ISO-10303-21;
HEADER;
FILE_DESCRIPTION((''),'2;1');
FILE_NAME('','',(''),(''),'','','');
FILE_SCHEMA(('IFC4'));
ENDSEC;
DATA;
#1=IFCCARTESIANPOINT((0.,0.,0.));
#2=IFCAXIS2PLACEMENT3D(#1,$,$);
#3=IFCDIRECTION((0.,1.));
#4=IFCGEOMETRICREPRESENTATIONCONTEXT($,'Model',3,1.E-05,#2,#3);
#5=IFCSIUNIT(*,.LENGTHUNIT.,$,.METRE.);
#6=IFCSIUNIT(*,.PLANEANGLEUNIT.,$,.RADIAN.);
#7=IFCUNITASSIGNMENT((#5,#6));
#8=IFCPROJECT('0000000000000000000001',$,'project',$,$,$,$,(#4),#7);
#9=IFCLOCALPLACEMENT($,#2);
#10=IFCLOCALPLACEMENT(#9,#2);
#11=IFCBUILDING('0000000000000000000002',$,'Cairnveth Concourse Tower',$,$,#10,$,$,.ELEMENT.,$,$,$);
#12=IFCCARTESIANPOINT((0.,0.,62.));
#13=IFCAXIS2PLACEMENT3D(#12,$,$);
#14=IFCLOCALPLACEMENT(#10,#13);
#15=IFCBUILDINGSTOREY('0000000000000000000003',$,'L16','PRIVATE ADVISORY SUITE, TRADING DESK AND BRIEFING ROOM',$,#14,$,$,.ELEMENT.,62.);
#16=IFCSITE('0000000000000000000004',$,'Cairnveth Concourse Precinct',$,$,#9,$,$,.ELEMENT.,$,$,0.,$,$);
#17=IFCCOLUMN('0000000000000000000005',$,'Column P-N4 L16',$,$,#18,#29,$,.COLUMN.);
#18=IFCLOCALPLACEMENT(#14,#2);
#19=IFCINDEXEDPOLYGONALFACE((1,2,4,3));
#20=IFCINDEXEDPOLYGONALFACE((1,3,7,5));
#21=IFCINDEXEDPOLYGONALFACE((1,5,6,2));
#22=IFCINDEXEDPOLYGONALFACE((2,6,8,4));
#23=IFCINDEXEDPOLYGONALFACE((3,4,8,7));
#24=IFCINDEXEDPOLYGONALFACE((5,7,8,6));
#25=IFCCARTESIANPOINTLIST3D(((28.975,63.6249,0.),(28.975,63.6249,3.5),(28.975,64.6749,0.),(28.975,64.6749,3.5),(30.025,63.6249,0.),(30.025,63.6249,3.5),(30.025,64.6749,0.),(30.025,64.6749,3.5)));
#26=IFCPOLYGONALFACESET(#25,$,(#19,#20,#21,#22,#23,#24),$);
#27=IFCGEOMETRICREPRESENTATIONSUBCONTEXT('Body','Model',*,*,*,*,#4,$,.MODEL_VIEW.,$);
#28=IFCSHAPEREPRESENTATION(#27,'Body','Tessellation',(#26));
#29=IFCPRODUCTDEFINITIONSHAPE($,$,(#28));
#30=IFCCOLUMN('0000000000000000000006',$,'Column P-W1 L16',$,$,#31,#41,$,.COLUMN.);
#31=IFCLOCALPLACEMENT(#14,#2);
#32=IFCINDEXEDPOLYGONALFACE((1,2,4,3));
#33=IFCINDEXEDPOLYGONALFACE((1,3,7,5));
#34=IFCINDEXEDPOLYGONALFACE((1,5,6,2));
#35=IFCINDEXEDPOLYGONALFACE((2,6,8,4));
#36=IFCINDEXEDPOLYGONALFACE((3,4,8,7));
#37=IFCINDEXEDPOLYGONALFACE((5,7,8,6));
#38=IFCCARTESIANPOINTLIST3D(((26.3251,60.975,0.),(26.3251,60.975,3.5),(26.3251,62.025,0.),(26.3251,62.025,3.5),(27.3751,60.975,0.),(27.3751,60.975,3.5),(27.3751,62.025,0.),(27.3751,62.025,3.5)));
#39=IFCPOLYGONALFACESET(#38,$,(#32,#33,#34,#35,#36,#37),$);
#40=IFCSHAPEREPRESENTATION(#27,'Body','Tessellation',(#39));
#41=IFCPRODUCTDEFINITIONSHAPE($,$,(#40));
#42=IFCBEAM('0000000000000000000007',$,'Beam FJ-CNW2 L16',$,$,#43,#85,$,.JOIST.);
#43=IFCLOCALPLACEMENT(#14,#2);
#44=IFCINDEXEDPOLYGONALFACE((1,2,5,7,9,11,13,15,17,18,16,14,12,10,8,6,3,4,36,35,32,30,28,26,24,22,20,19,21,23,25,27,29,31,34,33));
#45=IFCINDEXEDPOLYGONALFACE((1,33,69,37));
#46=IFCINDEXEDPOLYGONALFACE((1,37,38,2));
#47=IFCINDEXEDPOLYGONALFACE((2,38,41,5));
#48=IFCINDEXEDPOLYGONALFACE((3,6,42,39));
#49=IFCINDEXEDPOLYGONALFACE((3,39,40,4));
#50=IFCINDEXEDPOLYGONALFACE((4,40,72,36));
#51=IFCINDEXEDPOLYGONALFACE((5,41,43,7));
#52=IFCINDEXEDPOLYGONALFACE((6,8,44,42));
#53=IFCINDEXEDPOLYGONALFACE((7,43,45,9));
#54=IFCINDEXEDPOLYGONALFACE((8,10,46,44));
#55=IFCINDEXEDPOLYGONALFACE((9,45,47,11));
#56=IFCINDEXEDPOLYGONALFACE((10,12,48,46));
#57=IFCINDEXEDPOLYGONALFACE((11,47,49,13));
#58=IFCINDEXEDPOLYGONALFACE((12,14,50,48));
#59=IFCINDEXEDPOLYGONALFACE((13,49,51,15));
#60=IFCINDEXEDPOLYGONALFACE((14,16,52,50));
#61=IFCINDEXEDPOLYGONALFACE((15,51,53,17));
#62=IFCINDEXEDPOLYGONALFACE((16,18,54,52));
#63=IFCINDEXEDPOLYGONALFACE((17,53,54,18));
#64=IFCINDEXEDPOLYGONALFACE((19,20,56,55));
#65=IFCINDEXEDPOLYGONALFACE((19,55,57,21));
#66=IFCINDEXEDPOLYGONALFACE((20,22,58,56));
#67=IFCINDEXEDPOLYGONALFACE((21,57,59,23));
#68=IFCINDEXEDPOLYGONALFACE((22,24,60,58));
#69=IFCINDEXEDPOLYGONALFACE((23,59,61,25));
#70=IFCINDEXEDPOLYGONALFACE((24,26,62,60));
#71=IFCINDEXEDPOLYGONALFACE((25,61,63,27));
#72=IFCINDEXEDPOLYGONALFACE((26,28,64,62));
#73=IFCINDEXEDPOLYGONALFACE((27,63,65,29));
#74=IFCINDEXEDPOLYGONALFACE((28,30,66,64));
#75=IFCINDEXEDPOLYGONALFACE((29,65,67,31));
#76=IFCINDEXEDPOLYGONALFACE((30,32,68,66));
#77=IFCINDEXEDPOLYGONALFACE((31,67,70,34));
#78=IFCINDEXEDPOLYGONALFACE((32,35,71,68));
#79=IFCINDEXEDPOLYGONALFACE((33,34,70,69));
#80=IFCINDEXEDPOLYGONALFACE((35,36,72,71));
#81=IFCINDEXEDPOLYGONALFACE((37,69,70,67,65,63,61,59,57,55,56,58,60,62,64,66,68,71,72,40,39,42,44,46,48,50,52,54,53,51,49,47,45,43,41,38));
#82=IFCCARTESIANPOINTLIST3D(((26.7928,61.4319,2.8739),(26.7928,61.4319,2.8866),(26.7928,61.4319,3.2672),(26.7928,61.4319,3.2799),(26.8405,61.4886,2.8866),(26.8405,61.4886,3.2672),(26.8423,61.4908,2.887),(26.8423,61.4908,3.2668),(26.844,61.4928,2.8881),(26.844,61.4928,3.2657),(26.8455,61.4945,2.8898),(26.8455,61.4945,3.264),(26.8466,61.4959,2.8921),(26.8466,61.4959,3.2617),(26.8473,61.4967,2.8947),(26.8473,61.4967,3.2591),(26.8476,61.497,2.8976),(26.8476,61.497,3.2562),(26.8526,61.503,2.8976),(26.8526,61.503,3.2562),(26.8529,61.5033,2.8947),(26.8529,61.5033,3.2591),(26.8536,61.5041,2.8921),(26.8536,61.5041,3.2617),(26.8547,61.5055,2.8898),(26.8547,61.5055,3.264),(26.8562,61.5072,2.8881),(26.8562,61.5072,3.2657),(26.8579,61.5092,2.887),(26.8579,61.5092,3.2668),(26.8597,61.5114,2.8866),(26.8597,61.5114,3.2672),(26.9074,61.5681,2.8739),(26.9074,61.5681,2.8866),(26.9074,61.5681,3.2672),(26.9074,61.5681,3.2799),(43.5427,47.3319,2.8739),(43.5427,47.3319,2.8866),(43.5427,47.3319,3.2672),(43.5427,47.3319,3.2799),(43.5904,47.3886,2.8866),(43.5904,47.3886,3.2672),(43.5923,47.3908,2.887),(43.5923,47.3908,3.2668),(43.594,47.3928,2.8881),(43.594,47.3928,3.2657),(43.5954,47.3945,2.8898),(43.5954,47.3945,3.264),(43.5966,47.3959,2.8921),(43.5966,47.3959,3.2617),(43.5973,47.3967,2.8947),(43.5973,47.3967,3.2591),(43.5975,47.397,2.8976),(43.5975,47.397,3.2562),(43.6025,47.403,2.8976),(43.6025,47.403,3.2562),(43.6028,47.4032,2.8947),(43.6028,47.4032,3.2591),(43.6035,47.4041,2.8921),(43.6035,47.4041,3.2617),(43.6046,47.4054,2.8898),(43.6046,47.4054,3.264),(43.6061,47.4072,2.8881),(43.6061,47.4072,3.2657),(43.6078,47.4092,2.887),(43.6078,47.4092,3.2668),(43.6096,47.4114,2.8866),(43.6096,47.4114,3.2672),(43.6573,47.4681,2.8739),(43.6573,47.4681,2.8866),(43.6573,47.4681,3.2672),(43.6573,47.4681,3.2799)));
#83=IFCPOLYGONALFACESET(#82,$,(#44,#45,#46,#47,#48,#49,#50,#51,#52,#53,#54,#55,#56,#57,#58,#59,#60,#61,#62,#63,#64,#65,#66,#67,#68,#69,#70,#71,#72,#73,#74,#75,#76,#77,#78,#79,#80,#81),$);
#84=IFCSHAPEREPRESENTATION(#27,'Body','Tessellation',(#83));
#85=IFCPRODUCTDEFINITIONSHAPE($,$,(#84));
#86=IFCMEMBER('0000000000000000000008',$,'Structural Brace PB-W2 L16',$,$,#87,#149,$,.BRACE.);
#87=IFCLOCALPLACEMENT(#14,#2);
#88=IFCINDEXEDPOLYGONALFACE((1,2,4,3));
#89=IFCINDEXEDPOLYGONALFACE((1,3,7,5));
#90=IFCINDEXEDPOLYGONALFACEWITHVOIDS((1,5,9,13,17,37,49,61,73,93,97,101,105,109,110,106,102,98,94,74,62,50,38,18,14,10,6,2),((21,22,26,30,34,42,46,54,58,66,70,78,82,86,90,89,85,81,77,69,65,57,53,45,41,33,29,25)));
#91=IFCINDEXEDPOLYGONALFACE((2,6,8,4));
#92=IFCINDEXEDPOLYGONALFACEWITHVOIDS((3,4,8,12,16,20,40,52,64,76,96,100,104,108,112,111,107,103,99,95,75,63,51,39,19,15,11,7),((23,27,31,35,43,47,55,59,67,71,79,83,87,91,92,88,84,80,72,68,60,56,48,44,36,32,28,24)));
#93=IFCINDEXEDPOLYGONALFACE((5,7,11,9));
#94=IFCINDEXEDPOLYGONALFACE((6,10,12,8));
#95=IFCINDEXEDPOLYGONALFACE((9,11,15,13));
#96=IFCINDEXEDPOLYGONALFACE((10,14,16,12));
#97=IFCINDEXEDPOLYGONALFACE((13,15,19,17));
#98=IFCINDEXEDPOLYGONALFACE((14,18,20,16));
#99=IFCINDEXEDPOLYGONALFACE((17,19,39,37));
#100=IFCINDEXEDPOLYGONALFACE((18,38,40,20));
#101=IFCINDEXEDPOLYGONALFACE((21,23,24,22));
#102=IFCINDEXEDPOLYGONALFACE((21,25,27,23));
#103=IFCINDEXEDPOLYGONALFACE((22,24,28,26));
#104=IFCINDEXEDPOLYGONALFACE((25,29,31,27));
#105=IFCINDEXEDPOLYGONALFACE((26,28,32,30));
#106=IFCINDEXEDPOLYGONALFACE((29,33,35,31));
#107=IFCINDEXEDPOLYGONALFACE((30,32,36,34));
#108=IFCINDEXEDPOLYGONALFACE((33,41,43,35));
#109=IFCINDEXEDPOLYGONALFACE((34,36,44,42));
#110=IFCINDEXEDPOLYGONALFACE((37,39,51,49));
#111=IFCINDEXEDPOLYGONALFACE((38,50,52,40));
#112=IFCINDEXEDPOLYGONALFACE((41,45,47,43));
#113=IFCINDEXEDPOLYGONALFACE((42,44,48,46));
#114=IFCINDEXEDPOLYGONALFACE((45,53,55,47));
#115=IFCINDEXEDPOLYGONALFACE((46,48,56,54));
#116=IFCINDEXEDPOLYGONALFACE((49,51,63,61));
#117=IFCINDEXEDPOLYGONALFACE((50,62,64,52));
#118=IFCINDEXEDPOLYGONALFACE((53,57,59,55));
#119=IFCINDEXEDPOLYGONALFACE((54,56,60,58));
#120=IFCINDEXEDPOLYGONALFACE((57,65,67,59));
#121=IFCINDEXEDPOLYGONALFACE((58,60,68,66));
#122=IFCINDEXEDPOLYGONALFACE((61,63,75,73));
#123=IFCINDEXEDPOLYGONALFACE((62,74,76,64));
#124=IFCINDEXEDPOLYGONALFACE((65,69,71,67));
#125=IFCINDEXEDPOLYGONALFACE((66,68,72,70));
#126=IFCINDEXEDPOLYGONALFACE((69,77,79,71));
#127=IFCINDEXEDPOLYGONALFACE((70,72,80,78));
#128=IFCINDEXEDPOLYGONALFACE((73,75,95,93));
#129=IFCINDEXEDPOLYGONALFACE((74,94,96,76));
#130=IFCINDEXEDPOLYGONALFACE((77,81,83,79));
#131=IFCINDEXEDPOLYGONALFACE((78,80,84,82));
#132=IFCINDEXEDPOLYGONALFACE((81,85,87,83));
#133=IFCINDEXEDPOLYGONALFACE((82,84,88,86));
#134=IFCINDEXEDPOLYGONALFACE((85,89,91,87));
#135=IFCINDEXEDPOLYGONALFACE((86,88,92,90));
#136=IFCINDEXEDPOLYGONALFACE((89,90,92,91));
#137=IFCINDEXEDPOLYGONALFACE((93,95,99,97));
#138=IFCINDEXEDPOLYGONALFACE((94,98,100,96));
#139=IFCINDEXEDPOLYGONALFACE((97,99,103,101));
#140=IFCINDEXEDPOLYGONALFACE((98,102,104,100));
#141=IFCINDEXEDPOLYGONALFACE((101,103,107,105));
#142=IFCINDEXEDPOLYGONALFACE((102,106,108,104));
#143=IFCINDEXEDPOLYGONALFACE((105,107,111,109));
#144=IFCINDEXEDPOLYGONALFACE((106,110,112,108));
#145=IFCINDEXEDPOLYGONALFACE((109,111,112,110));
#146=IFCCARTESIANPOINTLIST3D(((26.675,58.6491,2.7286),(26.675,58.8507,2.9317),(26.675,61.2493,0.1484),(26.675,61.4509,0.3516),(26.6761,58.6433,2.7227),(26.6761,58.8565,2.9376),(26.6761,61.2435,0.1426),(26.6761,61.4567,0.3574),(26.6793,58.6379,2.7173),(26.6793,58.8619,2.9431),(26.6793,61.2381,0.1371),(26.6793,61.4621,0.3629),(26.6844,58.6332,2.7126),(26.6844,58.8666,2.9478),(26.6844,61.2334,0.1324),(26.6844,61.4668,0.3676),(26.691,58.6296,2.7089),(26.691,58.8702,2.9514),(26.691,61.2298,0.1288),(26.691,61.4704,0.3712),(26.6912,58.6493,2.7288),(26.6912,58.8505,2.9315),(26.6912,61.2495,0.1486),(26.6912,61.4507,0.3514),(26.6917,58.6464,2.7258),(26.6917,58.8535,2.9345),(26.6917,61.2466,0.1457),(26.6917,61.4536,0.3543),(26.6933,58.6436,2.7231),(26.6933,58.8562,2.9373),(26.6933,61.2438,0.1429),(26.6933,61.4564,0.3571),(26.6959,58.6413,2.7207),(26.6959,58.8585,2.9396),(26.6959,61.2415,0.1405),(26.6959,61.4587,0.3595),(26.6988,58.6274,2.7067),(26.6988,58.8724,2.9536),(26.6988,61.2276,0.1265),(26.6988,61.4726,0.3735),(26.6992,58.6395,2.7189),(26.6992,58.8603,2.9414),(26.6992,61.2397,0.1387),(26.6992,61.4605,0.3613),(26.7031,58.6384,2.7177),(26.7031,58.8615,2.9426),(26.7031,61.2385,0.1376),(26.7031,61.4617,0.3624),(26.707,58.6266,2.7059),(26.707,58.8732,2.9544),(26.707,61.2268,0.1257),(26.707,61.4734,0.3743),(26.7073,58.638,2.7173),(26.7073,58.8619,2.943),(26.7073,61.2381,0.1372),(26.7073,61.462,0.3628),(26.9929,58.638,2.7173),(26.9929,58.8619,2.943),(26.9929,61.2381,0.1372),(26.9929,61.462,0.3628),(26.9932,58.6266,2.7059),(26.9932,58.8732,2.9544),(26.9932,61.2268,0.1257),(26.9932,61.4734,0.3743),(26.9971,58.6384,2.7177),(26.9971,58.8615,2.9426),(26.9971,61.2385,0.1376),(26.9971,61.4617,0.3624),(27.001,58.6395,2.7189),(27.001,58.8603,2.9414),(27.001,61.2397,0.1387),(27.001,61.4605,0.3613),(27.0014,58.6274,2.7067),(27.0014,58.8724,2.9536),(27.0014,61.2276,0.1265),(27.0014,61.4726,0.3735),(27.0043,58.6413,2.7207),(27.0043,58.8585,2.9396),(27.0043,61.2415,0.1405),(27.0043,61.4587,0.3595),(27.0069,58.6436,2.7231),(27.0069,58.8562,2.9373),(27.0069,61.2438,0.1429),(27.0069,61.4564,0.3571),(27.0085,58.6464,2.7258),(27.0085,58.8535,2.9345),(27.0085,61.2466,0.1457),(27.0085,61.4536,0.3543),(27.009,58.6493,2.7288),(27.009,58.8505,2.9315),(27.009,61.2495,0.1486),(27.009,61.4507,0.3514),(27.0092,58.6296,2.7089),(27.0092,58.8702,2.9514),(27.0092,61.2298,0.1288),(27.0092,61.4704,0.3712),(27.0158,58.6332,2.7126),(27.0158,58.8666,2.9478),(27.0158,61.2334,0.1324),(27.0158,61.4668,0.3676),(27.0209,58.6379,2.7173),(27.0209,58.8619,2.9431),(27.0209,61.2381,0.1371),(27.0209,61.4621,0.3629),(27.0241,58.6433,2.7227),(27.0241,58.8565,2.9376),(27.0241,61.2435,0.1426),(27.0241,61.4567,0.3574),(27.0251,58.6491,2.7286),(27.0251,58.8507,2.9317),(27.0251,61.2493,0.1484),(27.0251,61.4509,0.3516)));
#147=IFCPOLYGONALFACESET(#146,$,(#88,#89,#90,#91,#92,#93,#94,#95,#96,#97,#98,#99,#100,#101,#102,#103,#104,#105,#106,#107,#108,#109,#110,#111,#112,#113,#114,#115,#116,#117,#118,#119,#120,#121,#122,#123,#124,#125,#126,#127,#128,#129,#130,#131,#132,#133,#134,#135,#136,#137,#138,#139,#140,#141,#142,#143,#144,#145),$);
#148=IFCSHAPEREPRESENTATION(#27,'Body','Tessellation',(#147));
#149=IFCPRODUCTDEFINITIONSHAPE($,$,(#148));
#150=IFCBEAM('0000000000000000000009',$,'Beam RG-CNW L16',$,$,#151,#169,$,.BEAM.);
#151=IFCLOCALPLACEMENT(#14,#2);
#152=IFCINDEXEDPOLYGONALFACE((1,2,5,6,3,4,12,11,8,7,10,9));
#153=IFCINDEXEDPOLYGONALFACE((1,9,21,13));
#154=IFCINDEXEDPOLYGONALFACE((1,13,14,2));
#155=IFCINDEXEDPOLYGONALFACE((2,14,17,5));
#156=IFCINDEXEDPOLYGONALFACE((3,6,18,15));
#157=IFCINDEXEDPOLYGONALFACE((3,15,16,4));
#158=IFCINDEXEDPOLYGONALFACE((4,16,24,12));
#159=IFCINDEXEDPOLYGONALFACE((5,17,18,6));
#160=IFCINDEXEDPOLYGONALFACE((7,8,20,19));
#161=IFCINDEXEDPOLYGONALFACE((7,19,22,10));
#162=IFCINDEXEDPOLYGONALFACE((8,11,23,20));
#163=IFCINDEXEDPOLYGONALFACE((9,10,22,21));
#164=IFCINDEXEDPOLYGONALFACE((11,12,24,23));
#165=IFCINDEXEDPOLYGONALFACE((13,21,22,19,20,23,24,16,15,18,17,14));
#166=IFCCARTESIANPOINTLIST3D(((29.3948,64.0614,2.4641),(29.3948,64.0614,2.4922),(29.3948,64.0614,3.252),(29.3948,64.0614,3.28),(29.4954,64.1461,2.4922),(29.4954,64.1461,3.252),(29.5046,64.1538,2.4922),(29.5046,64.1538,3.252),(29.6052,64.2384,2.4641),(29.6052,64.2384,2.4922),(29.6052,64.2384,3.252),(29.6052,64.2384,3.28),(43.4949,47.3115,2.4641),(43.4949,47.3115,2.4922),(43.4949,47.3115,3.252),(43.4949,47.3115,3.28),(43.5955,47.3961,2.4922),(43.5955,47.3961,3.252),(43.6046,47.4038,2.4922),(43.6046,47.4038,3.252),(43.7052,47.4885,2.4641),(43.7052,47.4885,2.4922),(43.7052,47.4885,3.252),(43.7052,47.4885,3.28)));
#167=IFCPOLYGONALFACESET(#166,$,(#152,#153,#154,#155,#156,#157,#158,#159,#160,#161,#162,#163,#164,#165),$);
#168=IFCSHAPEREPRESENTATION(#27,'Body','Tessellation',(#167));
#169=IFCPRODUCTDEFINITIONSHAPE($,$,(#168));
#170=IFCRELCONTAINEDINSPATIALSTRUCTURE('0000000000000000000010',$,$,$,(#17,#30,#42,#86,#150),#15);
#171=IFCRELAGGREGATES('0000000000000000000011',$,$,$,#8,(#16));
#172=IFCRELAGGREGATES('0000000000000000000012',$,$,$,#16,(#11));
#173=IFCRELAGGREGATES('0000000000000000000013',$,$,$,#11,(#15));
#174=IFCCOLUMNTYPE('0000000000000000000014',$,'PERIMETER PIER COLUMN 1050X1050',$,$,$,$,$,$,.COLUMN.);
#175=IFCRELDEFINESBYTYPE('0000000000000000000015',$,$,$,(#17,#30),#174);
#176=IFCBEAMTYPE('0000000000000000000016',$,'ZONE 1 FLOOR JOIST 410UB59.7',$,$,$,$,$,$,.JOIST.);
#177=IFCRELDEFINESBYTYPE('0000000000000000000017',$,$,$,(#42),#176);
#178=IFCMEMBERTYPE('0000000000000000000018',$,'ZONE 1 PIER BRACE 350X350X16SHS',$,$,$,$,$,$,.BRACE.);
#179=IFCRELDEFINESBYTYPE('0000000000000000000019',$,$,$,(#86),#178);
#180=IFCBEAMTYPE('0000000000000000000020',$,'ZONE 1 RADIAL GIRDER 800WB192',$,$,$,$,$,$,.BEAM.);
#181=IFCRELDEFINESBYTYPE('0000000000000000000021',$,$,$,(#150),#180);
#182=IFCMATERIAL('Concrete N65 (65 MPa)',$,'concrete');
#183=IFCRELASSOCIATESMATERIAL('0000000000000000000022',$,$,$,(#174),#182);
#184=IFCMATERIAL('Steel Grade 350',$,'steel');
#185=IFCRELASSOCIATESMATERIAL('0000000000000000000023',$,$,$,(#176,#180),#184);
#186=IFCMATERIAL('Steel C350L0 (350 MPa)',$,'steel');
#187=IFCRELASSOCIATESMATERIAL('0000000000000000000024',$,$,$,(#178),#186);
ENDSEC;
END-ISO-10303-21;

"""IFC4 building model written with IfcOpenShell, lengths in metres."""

from ifc_helpers import new_model, si_unit, direction, frame, origin, origin_2d, place, context, subcontext, project, spatial, rectangle, hollow_rectangle, i_section, extrude, material, material_profile, profile_set, type_object, element, save


model = new_model("IFC4")

# Units and contexts
model_context = context("Model", 3, precision=1e-05, world=origin(), true_north=direction((0.0, 1.0)))
body_context = subcontext(model_context, "Body", "Model", "MODEL_VIEW")
ifc_project = project(units=[si_unit("LENGTHUNIT", "METRE"), si_unit("PLANEANGLEUNIT", "RADIAN")], contexts=[model_context])

# Site, building, storey
site_placement = place(None, origin())
site = spatial("IfcSite", under=ifc_project, at=site_placement, Name="Cairnveth Concourse Precinct", CompositionType="ELEMENT", RefElevation=0.0)
building_placement = place(site_placement, origin())
building = spatial("IfcBuilding", under=site, at=building_placement, Name="Cairnveth Concourse Tower", CompositionType="ELEMENT")
storey_placement = place(building_placement, frame((0.0, 0.0, 62.0)))
storey = spatial("IfcBuildingStorey", under=building, at=storey_placement, Name="L16", Description="PRIVATE ADVISORY SUITE, TRADING DESK AND BRIEFING ROOM", CompositionType="ELEMENT", Elevation=62.0)

# Columns
ifc_material_1 = material(Name="Concrete N65 (65 MPa)", Category="concrete")
ifc_material_profile_1 = material_profile(ifc_material_1, rectangle(XDim=1.05, YDim=1.05, at=origin_2d()), Name="RC-COL-1050x1050")
ifc_profile_set_1 = profile_set([ifc_material_profile_1], Name="Concrete N65 (65 MPa)")
column_type = type_object("IfcColumnType", Name="PERIMETER PIER COLUMN 1050X1050", PredefinedType="COLUMN", material=ifc_profile_set_1)
for number, where, z_axis, x_axis, name in (
    (1, (29.5, 64.1499, 0.0), (0.0, 0.0, 1.0), (1.0, 0.0, 0.0), "Column P-N4 L16"),
    (2, (26.8501, 61.5, 0.0), (0.0, 0.0, 1.0), (0.0, 1.0, 0.0), "Column P-W1 L16"),
):
    element("IfcColumn", number, at=place(storey_placement, frame(where, z_axis=z_axis, x_axis=x_axis)), inside=storey, type_object=column_type, Name=name, PredefinedType="COLUMN", context=body_context, shape_type="SweptSolid", body=[
        extrude(rectangle(XDim=1.05, YDim=1.05, at=origin_2d()), origin(), (0.0, 0.0, 1.0), 3.5),
    ])

# Beam
ifc_material_2 = material(Name="Steel Grade 350", Category="steel")
ifc_material_profile_2 = material_profile(ifc_material_2, i_section(OverallWidth=0.178, OverallDepth=0.406, WebThickness=0.0078, FlangeThickness=0.0127, FilletRadius=0.011, at=origin_2d()), Name="410UB59.7")
ifc_profile_set_2 = profile_set([ifc_material_profile_2], Name="Steel Grade 350")
beam_type_1 = type_object("IfcBeamType", Name="ZONE 1 FLOOR JOIST 410UB59.7", PredefinedType="JOIST", material=ifc_profile_set_2)
beam_1_placement = place(storey_placement, frame((26.8501, 61.5, 3.0769), z_axis=(0.765027, -0.643998, 0.0), x_axis=(0.643998, 0.765027, 0.0)))
element("IfcBeam", 3, at=beam_1_placement, inside=storey, type_object=beam_type_1, Name="Beam FJ-CNW2 L16", PredefinedType="JOIST", context=body_context, shape_type="SweptSolid", body=[
    extrude(i_section(OverallWidth=0.178, OverallDepth=0.406, WebThickness=0.0078, FlangeThickness=0.0127, FilletRadius=0.011, at=origin_2d()), origin(), (0.0, 0.0, 1.0), 21.8945),
])

# Member
ifc_material_3 = material(Name="Steel C350L0 (350 MPa)", Category="steel")
ifc_material_profile_3 = material_profile(ifc_material_3, hollow_rectangle(XDim=0.3501, YDim=0.3501, WallThickness=0.0161, InnerFilletRadius=0.0161, OuterFilletRadius=0.032, at=origin_2d()), Name="350x350x16.0SHS")
ifc_profile_set_3 = profile_set([ifc_material_profile_3], Name="Steel C350L0 (350 MPa)")
member_type = type_object("IfcMemberType", Name="ZONE 1 PIER BRACE 350X350X16SHS", PredefinedType="BRACE", material=ifc_profile_set_3)
member_placement = place(storey_placement, frame((26.8501, 61.3501, 0.25), z_axis=(0.0, -0.709834, 0.704369), x_axis=(1.0, 0.0, 0.0)))
element("IfcMember", 4, at=member_placement, inside=storey, type_object=member_type, Name="Structural Brace PB-W2 L16", PredefinedType="BRACE", context=body_context, shape_type="SweptSolid", body=[
    extrude(hollow_rectangle(XDim=0.3501, YDim=0.3501, WallThickness=0.0161, InnerFilletRadius=0.0161, OuterFilletRadius=0.032, at=origin_2d()), origin(), (0.0, 0.0, 1.0), 3.6631),
])

# Beam
ifc_material_profile_4 = material_profile(ifc_material_2, i_section(OverallWidth=0.2749, OverallDepth=0.8159, WebThickness=0.012, FlangeThickness=0.0281, at=origin_2d()), Name="800WB192")
ifc_profile_set_4 = profile_set([ifc_material_profile_4], Name="Steel Grade 350")
beam_type_2 = type_object("IfcBeamType", Name="ZONE 1 RADIAL GIRDER 800WB192", PredefinedType="BEAM", material=ifc_profile_set_4)
beam_2_placement = place(storey_placement, frame((29.5, 64.1499, 2.8721), z_axis=(0.643998, -0.765027, 0.0), x_axis=(0.765027, 0.643998, 0.0)))
element("IfcBeam", 5, at=beam_2_placement, inside=storey, type_object=beam_type_2, Name="Beam RG-CNW L16", PredefinedType="BEAM", context=body_context, shape_type="SweptSolid", body=[
    extrude(i_section(OverallWidth=0.2749, OverallDepth=0.8159, WebThickness=0.012, FlangeThickness=0.0281, at=origin_2d()), origin(), (0.0, 0.0, 1.0), 21.8945),
])

save(model, "model.ifc")
